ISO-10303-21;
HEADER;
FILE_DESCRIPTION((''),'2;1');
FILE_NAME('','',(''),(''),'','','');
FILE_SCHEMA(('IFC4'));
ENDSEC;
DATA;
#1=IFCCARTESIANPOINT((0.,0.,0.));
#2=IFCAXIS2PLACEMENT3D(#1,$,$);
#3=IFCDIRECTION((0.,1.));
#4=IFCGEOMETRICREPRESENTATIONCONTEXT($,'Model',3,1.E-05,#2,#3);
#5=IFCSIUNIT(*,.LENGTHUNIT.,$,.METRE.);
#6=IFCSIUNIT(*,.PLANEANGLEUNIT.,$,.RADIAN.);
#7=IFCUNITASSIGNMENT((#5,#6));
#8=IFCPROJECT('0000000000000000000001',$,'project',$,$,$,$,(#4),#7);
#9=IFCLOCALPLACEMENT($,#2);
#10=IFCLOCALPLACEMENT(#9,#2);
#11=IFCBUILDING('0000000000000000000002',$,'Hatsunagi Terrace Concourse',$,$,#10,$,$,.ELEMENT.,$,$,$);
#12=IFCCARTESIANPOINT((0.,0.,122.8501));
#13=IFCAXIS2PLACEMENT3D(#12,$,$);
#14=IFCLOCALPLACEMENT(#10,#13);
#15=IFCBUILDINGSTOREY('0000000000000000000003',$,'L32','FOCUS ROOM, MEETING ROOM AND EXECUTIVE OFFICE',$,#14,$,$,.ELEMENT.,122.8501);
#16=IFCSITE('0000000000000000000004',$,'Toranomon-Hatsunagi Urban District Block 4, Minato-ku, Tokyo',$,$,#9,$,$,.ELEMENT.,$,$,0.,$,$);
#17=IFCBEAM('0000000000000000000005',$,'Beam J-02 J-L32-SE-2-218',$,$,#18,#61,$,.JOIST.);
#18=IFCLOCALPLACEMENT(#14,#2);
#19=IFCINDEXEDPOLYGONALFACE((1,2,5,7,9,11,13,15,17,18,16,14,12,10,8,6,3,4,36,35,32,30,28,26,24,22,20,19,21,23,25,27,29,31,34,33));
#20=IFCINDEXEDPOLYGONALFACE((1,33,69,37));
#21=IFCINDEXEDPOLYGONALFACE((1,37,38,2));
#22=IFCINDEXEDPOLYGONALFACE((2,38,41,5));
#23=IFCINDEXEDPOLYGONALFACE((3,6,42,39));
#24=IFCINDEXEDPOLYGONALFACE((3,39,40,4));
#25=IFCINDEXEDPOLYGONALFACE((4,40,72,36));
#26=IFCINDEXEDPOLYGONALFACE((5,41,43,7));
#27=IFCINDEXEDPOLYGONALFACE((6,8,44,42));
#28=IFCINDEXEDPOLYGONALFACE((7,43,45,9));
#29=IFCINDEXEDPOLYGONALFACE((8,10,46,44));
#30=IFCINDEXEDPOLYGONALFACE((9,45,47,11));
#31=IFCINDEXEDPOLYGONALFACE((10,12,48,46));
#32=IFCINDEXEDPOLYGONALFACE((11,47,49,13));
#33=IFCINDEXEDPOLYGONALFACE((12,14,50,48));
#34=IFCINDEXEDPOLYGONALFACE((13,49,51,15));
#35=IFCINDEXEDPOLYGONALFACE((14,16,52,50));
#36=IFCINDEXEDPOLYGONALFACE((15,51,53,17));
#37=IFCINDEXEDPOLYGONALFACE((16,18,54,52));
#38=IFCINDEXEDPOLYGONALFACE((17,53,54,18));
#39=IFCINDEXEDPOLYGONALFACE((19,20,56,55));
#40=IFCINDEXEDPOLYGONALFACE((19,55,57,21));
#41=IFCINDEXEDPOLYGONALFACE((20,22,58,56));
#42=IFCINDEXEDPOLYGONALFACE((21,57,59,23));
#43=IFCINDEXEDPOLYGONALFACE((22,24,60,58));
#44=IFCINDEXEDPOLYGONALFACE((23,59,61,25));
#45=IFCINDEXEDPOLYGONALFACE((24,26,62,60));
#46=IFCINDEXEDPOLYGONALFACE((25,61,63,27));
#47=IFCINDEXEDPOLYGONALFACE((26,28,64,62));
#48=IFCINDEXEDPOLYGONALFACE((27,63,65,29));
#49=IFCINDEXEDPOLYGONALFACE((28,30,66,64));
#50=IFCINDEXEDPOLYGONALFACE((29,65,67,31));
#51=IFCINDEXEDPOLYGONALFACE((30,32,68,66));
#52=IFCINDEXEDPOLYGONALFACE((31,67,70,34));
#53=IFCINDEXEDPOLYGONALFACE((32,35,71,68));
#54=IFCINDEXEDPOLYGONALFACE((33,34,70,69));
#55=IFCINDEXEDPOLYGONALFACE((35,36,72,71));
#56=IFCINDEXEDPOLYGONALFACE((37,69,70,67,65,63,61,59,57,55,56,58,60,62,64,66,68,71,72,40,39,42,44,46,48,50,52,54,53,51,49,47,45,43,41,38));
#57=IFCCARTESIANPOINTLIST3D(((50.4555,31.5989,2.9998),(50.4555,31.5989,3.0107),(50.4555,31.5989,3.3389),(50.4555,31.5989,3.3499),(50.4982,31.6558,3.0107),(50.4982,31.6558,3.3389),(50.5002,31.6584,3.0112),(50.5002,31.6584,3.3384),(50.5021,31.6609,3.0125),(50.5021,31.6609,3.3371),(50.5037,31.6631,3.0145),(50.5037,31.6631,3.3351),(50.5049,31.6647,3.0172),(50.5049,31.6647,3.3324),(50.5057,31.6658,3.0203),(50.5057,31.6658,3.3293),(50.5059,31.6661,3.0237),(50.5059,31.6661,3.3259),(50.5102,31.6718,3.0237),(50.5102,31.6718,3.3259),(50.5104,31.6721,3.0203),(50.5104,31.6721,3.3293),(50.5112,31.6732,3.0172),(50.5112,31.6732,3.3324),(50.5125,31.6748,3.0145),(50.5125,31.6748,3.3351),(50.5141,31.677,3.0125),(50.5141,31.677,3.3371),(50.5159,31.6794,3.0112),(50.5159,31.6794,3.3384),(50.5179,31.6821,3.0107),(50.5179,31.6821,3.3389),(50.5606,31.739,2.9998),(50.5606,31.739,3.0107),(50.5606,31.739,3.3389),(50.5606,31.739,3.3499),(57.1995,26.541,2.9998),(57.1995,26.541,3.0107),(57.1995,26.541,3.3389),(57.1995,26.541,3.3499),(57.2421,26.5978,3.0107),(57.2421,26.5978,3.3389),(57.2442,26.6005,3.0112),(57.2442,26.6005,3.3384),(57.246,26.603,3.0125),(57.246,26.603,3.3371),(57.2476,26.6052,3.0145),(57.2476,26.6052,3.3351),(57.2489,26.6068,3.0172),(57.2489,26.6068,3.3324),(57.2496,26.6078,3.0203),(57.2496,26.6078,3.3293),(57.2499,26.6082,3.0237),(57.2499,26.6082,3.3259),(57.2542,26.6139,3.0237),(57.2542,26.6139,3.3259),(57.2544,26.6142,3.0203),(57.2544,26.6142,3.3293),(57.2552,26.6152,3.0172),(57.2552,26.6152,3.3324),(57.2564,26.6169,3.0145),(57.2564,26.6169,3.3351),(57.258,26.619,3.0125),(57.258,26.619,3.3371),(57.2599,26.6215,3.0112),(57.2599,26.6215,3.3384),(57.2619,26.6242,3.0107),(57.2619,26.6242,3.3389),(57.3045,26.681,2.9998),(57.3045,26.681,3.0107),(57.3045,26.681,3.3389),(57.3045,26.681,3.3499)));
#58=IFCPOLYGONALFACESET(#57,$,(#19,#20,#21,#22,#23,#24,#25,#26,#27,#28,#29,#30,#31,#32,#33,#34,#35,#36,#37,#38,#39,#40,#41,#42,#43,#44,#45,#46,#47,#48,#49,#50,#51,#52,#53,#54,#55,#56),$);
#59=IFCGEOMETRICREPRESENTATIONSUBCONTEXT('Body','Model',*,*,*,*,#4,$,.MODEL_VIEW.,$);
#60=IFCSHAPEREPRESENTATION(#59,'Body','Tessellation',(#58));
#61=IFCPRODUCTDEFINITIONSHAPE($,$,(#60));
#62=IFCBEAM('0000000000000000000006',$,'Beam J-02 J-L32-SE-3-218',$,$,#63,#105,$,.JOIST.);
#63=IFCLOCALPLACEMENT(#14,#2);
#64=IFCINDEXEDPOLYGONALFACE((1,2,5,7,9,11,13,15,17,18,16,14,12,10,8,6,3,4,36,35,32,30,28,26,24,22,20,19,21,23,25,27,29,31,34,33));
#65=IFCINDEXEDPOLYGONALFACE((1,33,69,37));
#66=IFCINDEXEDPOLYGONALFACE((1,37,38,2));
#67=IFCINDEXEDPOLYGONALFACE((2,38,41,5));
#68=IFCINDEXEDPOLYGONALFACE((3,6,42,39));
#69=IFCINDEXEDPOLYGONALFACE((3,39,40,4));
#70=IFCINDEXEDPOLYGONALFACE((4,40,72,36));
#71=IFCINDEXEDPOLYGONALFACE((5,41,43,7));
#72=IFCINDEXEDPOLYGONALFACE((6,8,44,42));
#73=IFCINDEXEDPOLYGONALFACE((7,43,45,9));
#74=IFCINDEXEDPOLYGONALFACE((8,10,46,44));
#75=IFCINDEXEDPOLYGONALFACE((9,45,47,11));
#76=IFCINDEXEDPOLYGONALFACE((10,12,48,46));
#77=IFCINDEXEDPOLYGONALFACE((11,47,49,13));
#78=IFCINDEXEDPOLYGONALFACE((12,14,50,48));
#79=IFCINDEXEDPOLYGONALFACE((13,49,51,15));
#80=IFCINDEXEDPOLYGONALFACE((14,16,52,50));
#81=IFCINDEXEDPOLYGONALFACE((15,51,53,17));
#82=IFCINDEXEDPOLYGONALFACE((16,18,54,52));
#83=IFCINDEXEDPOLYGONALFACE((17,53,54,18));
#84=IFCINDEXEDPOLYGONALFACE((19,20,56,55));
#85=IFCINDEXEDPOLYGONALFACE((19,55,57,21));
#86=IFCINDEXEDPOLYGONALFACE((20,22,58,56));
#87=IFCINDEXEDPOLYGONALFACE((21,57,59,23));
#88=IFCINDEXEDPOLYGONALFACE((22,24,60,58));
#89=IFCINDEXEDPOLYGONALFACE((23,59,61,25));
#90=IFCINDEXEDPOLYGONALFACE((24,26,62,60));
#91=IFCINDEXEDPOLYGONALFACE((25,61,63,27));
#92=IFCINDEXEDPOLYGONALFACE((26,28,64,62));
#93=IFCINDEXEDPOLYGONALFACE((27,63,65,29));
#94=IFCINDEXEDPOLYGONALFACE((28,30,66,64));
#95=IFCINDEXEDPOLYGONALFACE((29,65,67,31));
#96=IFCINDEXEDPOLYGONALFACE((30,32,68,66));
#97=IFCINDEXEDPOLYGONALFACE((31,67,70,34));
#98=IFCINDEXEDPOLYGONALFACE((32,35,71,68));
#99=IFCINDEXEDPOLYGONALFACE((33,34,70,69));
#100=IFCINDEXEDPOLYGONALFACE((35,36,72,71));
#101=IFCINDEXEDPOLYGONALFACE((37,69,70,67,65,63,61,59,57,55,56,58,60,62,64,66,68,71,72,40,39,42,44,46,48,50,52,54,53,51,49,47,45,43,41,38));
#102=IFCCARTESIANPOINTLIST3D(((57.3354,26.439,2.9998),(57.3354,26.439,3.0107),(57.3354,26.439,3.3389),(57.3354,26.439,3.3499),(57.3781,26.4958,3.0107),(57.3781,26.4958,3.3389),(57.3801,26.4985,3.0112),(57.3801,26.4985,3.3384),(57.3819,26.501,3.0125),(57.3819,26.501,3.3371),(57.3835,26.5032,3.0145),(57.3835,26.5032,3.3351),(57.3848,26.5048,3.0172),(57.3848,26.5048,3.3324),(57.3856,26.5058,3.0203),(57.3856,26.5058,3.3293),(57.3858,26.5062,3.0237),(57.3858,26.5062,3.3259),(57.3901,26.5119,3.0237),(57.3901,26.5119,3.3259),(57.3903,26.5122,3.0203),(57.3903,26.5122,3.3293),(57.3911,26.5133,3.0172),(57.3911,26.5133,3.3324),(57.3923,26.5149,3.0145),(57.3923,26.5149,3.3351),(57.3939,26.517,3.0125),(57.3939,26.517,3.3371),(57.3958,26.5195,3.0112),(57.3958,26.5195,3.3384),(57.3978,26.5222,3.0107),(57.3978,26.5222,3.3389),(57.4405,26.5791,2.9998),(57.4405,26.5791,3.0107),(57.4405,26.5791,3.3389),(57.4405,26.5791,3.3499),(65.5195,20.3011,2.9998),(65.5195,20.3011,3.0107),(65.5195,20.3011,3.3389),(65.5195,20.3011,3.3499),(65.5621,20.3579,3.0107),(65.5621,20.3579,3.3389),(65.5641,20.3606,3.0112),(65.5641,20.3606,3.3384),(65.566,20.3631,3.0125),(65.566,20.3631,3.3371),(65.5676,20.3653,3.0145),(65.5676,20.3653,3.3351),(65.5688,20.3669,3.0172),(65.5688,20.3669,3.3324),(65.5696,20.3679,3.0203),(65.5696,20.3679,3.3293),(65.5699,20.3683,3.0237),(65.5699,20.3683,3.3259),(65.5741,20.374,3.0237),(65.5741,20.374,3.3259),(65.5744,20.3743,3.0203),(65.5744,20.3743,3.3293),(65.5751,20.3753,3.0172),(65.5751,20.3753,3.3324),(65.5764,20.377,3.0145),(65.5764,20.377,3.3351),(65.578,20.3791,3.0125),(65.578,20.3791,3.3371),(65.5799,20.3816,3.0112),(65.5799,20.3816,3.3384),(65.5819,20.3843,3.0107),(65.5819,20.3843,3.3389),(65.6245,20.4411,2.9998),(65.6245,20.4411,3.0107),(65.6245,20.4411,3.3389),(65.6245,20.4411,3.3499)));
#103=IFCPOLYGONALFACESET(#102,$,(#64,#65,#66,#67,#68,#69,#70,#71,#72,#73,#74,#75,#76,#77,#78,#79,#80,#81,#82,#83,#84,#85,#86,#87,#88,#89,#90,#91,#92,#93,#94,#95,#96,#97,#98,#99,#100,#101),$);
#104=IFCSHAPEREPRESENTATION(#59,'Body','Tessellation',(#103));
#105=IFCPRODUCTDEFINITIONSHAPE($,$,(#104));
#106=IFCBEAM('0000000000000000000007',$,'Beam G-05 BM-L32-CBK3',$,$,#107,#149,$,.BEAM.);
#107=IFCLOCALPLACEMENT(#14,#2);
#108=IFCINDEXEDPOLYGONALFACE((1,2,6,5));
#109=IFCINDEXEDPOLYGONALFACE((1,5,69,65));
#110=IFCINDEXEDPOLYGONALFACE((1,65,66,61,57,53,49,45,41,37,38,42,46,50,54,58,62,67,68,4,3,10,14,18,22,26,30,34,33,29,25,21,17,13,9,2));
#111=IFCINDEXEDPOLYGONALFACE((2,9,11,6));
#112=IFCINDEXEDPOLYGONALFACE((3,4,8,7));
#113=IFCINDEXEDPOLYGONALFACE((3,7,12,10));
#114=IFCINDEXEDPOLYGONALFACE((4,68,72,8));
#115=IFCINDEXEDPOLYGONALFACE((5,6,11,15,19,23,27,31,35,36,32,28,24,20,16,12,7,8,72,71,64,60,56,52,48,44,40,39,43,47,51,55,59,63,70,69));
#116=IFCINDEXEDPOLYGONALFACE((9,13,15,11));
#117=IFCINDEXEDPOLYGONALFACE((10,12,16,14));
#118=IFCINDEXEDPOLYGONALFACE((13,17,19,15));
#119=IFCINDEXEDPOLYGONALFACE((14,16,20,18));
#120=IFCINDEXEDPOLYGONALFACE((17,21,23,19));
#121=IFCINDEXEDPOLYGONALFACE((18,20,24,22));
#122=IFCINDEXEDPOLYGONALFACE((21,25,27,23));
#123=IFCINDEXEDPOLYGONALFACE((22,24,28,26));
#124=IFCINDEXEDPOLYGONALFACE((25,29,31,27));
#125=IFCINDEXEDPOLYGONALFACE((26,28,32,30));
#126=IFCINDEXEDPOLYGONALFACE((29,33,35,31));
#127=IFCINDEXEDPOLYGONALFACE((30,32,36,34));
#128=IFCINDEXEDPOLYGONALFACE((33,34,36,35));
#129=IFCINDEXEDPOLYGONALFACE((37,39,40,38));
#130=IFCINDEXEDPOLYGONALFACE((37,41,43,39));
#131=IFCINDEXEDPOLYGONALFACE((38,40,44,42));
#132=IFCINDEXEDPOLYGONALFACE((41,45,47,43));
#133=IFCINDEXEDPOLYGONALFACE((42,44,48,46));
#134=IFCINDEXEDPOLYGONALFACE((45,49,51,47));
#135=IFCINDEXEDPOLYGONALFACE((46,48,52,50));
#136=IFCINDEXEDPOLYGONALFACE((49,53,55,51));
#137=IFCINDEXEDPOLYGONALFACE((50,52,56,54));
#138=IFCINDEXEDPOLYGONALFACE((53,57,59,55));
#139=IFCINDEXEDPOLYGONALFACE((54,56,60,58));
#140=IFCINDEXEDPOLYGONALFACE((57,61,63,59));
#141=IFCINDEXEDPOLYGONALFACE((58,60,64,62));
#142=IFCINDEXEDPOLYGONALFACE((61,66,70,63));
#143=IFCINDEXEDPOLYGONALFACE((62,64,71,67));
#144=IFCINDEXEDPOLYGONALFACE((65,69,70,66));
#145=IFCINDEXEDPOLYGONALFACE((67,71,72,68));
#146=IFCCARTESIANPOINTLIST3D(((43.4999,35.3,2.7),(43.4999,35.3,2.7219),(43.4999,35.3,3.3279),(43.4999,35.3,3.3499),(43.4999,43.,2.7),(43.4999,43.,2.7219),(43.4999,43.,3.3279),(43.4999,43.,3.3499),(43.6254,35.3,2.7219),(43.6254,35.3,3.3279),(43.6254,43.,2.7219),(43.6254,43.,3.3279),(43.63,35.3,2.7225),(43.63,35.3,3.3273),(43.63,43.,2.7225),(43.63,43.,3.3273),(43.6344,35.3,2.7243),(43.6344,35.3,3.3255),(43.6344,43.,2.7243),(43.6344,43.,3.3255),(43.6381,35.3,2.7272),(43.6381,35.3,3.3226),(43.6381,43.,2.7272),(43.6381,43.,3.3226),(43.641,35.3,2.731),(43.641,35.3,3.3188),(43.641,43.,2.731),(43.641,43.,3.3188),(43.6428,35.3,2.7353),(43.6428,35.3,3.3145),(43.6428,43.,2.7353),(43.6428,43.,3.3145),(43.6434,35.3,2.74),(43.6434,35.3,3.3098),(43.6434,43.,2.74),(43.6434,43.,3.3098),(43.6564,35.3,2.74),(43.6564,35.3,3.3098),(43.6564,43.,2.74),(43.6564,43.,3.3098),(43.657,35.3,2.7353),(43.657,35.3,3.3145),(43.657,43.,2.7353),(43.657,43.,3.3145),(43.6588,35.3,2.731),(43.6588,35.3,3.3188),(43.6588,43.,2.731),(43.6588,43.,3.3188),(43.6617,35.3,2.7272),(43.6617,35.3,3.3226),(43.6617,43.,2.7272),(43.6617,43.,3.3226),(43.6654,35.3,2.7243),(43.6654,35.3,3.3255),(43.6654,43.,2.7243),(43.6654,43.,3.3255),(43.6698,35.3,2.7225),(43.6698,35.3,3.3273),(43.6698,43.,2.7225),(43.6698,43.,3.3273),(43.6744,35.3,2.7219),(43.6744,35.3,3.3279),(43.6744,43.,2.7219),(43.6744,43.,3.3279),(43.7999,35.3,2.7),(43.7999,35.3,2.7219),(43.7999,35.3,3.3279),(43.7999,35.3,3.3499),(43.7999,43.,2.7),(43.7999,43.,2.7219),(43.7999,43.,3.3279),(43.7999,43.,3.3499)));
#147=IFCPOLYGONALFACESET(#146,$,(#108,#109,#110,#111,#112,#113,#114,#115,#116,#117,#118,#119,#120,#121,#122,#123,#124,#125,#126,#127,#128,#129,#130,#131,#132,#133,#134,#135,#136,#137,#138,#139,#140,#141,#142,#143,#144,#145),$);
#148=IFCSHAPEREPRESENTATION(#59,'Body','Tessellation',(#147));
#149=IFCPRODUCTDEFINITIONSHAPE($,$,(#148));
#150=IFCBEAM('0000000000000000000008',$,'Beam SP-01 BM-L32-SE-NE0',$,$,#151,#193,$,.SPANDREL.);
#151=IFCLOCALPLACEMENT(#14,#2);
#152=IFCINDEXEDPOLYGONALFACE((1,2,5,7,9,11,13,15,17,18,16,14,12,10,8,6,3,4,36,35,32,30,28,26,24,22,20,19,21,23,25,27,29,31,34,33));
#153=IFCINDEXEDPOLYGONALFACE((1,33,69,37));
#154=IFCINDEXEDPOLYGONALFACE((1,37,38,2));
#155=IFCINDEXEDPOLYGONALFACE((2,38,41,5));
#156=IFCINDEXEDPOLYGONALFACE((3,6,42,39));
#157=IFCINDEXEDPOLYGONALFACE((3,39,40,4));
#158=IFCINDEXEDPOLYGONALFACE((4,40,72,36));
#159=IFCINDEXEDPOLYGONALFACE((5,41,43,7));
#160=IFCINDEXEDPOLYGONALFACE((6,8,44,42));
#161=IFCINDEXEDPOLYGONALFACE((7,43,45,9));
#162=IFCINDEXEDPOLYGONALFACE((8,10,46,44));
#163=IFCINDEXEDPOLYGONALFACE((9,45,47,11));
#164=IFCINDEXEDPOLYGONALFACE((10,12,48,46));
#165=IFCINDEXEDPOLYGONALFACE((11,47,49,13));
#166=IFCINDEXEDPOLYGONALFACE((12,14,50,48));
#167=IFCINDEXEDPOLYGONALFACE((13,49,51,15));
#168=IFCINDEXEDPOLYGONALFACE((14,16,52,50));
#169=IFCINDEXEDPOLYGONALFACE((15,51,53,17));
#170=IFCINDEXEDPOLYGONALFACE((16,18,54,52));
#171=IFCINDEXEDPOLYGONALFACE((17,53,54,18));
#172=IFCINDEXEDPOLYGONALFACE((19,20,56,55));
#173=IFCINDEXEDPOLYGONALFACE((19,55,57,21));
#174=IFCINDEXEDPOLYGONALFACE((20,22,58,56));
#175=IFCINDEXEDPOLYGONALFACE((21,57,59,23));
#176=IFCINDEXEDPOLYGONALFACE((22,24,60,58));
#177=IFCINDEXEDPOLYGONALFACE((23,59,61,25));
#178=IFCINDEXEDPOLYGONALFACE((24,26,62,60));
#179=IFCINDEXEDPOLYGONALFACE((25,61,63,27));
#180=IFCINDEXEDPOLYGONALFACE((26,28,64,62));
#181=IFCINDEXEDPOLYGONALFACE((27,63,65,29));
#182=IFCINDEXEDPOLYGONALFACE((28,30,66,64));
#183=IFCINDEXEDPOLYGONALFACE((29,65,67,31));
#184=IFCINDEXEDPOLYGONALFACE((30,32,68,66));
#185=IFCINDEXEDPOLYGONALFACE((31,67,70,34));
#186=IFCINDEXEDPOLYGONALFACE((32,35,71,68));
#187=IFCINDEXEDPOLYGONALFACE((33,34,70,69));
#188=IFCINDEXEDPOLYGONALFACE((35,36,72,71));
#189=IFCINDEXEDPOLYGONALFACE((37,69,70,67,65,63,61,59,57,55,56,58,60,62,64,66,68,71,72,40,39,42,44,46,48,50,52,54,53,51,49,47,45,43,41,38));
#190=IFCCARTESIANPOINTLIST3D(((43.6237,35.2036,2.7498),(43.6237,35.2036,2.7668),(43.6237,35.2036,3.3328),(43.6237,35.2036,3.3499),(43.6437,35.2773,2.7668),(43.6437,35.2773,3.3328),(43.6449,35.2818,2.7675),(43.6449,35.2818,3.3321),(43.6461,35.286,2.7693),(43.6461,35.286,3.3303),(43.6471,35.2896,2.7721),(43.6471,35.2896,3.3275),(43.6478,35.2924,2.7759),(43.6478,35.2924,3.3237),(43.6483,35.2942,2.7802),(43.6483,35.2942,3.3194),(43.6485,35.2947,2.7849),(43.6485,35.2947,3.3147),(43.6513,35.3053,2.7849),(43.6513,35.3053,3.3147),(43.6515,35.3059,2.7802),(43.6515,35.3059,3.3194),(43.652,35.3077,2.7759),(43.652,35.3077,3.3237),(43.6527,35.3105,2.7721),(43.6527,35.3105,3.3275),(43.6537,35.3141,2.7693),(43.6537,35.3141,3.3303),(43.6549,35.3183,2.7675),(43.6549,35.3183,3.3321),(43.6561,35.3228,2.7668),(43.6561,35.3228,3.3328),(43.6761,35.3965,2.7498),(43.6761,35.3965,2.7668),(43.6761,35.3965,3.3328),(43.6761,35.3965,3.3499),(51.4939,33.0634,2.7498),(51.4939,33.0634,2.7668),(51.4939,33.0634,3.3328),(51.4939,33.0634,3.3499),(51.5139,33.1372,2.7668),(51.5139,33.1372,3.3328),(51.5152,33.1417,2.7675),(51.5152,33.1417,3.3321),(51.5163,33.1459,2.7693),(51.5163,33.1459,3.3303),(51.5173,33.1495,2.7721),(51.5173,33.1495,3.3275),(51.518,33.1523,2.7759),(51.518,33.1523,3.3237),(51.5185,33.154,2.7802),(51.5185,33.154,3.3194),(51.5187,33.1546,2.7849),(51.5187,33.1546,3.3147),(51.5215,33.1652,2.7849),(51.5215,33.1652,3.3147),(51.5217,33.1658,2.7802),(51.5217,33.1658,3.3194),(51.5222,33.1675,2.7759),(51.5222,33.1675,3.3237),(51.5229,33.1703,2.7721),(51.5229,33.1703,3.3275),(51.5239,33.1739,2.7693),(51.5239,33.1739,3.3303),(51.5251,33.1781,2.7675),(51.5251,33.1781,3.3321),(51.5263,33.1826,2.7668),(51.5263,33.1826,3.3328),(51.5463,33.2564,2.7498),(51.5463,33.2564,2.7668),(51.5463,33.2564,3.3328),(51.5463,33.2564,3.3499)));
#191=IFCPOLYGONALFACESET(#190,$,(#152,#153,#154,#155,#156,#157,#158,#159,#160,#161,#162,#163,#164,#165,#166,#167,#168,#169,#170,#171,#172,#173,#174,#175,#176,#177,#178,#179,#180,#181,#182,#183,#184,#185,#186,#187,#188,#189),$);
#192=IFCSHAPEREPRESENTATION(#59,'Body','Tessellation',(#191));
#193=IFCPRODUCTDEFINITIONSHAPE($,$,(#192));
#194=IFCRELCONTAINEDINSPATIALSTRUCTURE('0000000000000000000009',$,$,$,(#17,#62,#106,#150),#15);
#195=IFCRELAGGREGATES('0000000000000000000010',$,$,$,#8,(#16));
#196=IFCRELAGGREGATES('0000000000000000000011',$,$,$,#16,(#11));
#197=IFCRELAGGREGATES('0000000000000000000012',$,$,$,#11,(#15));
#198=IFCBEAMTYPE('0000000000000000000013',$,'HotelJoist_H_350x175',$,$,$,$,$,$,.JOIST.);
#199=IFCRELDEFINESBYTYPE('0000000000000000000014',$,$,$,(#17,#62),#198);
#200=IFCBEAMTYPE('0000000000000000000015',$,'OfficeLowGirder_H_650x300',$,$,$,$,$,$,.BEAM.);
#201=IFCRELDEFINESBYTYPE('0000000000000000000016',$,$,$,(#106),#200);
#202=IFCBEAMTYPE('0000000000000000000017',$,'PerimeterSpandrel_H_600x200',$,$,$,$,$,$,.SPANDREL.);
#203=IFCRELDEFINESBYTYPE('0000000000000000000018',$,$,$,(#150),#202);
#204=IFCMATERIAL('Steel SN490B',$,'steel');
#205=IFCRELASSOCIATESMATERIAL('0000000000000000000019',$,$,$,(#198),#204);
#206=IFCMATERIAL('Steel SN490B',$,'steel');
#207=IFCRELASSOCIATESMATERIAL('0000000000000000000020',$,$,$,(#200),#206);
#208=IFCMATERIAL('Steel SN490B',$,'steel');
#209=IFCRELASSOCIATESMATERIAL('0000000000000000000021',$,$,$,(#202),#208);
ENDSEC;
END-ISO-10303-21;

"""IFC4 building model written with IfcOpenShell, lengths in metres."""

from ifc_helpers import new_model, si_unit, direction, frame, origin, origin_2d, place, context, subcontext, project, spatial, i_section, extrude, material, material_profile, profile_set, type_object, element, save


model = new_model("IFC4")

# Units and contexts
model_context = context("Model", 3, precision=1e-05, world=origin(), true_north=direction((0.0, 1.0)))
body_context = subcontext(model_context, "Body", "Model", "MODEL_VIEW")
ifc_project = project(units=[si_unit("LENGTHUNIT", "METRE"), si_unit("PLANEANGLEUNIT", "RADIAN")], contexts=[model_context])

# Site, building, storey
site_placement = place(None, origin())
site = spatial("IfcSite", under=ifc_project, at=site_placement, Name="Toranomon-Hatsunagi Urban District Block 4, Minato-ku, Tokyo", CompositionType="ELEMENT", RefElevation=0.0)
building_placement = place(site_placement, origin())
building = spatial("IfcBuilding", under=site, at=building_placement, Name="Hatsunagi Terrace Concourse", CompositionType="ELEMENT")
storey_placement = place(building_placement, frame((0.0, 0.0, 122.8501)))
storey = spatial("IfcBuildingStorey", under=building, at=storey_placement, Name="L32", Description="FOCUS ROOM, MEETING ROOM AND EXECUTIVE OFFICE", CompositionType="ELEMENT", Elevation=122.8501)

# Beams
ifc_material_1 = material(Name="Steel SN490B", Category="steel")
ifc_material_profile_1 = material_profile(ifc_material_1, i_section(OverallWidth=0.175, OverallDepth=0.3501, WebThickness=0.0071, FlangeThickness=0.011, FilletRadius=0.0129, at=origin_2d()), Name="H-350x175x7x11")
ifc_profile_set_1 = profile_set([ifc_material_profile_1], Name="Steel SN490B")
beam_type_1 = type_object("IfcBeamType", Name="HotelJoist_H_350x175", PredefinedType="JOIST", material=ifc_profile_set_1)
for number, where, z_axis, x_axis, name in (
    (1, (50.5081, 31.6689, 3.1748), (0.800003, -0.599995, 0.0), (0.599995, 0.800003, 0.0), "Beam J-02 J-L32-SE-2-218"),
):
    element("IfcBeam", number, at=place(storey_placement, frame(where, z_axis=z_axis, x_axis=x_axis)), inside=storey, type_object=beam_type_1, Name=name, PredefinedType="JOIST", context=body_context, shape_type="SweptSolid", body=[
        extrude(i_section(OverallWidth=0.175, OverallDepth=0.3501, WebThickness=0.0071, FlangeThickness=0.011, FilletRadius=0.0129, at=origin_2d()), origin(), (0.0, 0.0, 1.0), 8.4299),
    ])
beam_1_placement = place(storey_placement, frame((57.3879, 26.509, 3.1748), z_axis=(0.800006, -0.599992, 0.0), x_axis=(0.599992, 0.800006, 0.0)))
element("IfcBeam", 2, at=beam_1_placement, inside=storey, type_object=beam_type_1, Name="Beam J-02 J-L32-SE-3-218", PredefinedType="JOIST", context=body_context, shape_type="SweptSolid", body=[
    extrude(i_section(OverallWidth=0.175, OverallDepth=0.3501, WebThickness=0.0071, FlangeThickness=0.011, FilletRadius=0.0129, at=origin_2d()), origin(), (0.0, 0.0, 1.0), 10.23),
])
ifc_material_2 = material(Name="Steel SN490B", Category="steel")
ifc_material_profile_2 = material_profile(ifc_material_2, i_section(OverallWidth=0.3, OverallDepth=0.6499, WebThickness=0.0129, FlangeThickness=0.022, FilletRadius=0.0181, at=origin_2d()), Name="H-650x300x13x22")
ifc_profile_set_2 = profile_set([ifc_material_profile_2], Name="Steel SN490B")
beam_type_2 = type_object("IfcBeamType", Name="OfficeLowGirder_H_650x300", PredefinedType="BEAM", material=ifc_profile_set_2)
beam_2_placement = place(storey_placement, frame((43.6499, 35.3, 3.0249), z_axis=(0.0, 1.0, 0.0), x_axis=(-1.0, 0.0, 0.0)))
element("IfcBeam", 3, at=beam_2_placement, inside=storey, type_object=beam_type_2, Name="Beam G-05 BM-L32-CBK3", PredefinedType="BEAM", context=body_context, shape_type="SweptSolid", body=[
    extrude(i_section(OverallWidth=0.3, OverallDepth=0.6499, WebThickness=0.0129, FlangeThickness=0.022, FilletRadius=0.0181, at=origin_2d()), origin(), (0.0, 0.0, 1.0), 7.7),
])
ifc_material_3 = material(Name="Steel SN490B", Category="steel")
ifc_material_profile_3 = material_profile(ifc_material_3, i_section(OverallWidth=0.2, OverallDepth=0.6001, WebThickness=0.011, FlangeThickness=0.0171, FilletRadius=0.0181, at=origin_2d()), Name="H-600x200x11x17")
ifc_profile_set_3 = profile_set([ifc_material_profile_3], Name="Steel SN490B")
beam_type_3 = type_object("IfcBeamType", Name="PerimeterSpandrel_H_600x200", PredefinedType="SPANDREL", material=ifc_profile_set_3)
beam_3_placement = place(storey_placement, frame((43.6499, 35.3, 3.0498), z_axis=(0.964958, -0.262403, 0.0), x_axis=(0.262403, 0.964958, 0.0)))
element("IfcBeam", 4, at=beam_3_placement, inside=storey, type_object=beam_type_3, Name="Beam SP-01 BM-L32-SE-NE0", PredefinedType="SPANDREL", context=body_context, shape_type="SweptSolid", body=[
    extrude(i_section(OverallWidth=0.2, OverallDepth=0.6001, WebThickness=0.011, FlangeThickness=0.0171, FilletRadius=0.0181, at=origin_2d()), origin(), (0.0, 0.0, 1.0), 8.156),
])

save(model, "model.ifc")
